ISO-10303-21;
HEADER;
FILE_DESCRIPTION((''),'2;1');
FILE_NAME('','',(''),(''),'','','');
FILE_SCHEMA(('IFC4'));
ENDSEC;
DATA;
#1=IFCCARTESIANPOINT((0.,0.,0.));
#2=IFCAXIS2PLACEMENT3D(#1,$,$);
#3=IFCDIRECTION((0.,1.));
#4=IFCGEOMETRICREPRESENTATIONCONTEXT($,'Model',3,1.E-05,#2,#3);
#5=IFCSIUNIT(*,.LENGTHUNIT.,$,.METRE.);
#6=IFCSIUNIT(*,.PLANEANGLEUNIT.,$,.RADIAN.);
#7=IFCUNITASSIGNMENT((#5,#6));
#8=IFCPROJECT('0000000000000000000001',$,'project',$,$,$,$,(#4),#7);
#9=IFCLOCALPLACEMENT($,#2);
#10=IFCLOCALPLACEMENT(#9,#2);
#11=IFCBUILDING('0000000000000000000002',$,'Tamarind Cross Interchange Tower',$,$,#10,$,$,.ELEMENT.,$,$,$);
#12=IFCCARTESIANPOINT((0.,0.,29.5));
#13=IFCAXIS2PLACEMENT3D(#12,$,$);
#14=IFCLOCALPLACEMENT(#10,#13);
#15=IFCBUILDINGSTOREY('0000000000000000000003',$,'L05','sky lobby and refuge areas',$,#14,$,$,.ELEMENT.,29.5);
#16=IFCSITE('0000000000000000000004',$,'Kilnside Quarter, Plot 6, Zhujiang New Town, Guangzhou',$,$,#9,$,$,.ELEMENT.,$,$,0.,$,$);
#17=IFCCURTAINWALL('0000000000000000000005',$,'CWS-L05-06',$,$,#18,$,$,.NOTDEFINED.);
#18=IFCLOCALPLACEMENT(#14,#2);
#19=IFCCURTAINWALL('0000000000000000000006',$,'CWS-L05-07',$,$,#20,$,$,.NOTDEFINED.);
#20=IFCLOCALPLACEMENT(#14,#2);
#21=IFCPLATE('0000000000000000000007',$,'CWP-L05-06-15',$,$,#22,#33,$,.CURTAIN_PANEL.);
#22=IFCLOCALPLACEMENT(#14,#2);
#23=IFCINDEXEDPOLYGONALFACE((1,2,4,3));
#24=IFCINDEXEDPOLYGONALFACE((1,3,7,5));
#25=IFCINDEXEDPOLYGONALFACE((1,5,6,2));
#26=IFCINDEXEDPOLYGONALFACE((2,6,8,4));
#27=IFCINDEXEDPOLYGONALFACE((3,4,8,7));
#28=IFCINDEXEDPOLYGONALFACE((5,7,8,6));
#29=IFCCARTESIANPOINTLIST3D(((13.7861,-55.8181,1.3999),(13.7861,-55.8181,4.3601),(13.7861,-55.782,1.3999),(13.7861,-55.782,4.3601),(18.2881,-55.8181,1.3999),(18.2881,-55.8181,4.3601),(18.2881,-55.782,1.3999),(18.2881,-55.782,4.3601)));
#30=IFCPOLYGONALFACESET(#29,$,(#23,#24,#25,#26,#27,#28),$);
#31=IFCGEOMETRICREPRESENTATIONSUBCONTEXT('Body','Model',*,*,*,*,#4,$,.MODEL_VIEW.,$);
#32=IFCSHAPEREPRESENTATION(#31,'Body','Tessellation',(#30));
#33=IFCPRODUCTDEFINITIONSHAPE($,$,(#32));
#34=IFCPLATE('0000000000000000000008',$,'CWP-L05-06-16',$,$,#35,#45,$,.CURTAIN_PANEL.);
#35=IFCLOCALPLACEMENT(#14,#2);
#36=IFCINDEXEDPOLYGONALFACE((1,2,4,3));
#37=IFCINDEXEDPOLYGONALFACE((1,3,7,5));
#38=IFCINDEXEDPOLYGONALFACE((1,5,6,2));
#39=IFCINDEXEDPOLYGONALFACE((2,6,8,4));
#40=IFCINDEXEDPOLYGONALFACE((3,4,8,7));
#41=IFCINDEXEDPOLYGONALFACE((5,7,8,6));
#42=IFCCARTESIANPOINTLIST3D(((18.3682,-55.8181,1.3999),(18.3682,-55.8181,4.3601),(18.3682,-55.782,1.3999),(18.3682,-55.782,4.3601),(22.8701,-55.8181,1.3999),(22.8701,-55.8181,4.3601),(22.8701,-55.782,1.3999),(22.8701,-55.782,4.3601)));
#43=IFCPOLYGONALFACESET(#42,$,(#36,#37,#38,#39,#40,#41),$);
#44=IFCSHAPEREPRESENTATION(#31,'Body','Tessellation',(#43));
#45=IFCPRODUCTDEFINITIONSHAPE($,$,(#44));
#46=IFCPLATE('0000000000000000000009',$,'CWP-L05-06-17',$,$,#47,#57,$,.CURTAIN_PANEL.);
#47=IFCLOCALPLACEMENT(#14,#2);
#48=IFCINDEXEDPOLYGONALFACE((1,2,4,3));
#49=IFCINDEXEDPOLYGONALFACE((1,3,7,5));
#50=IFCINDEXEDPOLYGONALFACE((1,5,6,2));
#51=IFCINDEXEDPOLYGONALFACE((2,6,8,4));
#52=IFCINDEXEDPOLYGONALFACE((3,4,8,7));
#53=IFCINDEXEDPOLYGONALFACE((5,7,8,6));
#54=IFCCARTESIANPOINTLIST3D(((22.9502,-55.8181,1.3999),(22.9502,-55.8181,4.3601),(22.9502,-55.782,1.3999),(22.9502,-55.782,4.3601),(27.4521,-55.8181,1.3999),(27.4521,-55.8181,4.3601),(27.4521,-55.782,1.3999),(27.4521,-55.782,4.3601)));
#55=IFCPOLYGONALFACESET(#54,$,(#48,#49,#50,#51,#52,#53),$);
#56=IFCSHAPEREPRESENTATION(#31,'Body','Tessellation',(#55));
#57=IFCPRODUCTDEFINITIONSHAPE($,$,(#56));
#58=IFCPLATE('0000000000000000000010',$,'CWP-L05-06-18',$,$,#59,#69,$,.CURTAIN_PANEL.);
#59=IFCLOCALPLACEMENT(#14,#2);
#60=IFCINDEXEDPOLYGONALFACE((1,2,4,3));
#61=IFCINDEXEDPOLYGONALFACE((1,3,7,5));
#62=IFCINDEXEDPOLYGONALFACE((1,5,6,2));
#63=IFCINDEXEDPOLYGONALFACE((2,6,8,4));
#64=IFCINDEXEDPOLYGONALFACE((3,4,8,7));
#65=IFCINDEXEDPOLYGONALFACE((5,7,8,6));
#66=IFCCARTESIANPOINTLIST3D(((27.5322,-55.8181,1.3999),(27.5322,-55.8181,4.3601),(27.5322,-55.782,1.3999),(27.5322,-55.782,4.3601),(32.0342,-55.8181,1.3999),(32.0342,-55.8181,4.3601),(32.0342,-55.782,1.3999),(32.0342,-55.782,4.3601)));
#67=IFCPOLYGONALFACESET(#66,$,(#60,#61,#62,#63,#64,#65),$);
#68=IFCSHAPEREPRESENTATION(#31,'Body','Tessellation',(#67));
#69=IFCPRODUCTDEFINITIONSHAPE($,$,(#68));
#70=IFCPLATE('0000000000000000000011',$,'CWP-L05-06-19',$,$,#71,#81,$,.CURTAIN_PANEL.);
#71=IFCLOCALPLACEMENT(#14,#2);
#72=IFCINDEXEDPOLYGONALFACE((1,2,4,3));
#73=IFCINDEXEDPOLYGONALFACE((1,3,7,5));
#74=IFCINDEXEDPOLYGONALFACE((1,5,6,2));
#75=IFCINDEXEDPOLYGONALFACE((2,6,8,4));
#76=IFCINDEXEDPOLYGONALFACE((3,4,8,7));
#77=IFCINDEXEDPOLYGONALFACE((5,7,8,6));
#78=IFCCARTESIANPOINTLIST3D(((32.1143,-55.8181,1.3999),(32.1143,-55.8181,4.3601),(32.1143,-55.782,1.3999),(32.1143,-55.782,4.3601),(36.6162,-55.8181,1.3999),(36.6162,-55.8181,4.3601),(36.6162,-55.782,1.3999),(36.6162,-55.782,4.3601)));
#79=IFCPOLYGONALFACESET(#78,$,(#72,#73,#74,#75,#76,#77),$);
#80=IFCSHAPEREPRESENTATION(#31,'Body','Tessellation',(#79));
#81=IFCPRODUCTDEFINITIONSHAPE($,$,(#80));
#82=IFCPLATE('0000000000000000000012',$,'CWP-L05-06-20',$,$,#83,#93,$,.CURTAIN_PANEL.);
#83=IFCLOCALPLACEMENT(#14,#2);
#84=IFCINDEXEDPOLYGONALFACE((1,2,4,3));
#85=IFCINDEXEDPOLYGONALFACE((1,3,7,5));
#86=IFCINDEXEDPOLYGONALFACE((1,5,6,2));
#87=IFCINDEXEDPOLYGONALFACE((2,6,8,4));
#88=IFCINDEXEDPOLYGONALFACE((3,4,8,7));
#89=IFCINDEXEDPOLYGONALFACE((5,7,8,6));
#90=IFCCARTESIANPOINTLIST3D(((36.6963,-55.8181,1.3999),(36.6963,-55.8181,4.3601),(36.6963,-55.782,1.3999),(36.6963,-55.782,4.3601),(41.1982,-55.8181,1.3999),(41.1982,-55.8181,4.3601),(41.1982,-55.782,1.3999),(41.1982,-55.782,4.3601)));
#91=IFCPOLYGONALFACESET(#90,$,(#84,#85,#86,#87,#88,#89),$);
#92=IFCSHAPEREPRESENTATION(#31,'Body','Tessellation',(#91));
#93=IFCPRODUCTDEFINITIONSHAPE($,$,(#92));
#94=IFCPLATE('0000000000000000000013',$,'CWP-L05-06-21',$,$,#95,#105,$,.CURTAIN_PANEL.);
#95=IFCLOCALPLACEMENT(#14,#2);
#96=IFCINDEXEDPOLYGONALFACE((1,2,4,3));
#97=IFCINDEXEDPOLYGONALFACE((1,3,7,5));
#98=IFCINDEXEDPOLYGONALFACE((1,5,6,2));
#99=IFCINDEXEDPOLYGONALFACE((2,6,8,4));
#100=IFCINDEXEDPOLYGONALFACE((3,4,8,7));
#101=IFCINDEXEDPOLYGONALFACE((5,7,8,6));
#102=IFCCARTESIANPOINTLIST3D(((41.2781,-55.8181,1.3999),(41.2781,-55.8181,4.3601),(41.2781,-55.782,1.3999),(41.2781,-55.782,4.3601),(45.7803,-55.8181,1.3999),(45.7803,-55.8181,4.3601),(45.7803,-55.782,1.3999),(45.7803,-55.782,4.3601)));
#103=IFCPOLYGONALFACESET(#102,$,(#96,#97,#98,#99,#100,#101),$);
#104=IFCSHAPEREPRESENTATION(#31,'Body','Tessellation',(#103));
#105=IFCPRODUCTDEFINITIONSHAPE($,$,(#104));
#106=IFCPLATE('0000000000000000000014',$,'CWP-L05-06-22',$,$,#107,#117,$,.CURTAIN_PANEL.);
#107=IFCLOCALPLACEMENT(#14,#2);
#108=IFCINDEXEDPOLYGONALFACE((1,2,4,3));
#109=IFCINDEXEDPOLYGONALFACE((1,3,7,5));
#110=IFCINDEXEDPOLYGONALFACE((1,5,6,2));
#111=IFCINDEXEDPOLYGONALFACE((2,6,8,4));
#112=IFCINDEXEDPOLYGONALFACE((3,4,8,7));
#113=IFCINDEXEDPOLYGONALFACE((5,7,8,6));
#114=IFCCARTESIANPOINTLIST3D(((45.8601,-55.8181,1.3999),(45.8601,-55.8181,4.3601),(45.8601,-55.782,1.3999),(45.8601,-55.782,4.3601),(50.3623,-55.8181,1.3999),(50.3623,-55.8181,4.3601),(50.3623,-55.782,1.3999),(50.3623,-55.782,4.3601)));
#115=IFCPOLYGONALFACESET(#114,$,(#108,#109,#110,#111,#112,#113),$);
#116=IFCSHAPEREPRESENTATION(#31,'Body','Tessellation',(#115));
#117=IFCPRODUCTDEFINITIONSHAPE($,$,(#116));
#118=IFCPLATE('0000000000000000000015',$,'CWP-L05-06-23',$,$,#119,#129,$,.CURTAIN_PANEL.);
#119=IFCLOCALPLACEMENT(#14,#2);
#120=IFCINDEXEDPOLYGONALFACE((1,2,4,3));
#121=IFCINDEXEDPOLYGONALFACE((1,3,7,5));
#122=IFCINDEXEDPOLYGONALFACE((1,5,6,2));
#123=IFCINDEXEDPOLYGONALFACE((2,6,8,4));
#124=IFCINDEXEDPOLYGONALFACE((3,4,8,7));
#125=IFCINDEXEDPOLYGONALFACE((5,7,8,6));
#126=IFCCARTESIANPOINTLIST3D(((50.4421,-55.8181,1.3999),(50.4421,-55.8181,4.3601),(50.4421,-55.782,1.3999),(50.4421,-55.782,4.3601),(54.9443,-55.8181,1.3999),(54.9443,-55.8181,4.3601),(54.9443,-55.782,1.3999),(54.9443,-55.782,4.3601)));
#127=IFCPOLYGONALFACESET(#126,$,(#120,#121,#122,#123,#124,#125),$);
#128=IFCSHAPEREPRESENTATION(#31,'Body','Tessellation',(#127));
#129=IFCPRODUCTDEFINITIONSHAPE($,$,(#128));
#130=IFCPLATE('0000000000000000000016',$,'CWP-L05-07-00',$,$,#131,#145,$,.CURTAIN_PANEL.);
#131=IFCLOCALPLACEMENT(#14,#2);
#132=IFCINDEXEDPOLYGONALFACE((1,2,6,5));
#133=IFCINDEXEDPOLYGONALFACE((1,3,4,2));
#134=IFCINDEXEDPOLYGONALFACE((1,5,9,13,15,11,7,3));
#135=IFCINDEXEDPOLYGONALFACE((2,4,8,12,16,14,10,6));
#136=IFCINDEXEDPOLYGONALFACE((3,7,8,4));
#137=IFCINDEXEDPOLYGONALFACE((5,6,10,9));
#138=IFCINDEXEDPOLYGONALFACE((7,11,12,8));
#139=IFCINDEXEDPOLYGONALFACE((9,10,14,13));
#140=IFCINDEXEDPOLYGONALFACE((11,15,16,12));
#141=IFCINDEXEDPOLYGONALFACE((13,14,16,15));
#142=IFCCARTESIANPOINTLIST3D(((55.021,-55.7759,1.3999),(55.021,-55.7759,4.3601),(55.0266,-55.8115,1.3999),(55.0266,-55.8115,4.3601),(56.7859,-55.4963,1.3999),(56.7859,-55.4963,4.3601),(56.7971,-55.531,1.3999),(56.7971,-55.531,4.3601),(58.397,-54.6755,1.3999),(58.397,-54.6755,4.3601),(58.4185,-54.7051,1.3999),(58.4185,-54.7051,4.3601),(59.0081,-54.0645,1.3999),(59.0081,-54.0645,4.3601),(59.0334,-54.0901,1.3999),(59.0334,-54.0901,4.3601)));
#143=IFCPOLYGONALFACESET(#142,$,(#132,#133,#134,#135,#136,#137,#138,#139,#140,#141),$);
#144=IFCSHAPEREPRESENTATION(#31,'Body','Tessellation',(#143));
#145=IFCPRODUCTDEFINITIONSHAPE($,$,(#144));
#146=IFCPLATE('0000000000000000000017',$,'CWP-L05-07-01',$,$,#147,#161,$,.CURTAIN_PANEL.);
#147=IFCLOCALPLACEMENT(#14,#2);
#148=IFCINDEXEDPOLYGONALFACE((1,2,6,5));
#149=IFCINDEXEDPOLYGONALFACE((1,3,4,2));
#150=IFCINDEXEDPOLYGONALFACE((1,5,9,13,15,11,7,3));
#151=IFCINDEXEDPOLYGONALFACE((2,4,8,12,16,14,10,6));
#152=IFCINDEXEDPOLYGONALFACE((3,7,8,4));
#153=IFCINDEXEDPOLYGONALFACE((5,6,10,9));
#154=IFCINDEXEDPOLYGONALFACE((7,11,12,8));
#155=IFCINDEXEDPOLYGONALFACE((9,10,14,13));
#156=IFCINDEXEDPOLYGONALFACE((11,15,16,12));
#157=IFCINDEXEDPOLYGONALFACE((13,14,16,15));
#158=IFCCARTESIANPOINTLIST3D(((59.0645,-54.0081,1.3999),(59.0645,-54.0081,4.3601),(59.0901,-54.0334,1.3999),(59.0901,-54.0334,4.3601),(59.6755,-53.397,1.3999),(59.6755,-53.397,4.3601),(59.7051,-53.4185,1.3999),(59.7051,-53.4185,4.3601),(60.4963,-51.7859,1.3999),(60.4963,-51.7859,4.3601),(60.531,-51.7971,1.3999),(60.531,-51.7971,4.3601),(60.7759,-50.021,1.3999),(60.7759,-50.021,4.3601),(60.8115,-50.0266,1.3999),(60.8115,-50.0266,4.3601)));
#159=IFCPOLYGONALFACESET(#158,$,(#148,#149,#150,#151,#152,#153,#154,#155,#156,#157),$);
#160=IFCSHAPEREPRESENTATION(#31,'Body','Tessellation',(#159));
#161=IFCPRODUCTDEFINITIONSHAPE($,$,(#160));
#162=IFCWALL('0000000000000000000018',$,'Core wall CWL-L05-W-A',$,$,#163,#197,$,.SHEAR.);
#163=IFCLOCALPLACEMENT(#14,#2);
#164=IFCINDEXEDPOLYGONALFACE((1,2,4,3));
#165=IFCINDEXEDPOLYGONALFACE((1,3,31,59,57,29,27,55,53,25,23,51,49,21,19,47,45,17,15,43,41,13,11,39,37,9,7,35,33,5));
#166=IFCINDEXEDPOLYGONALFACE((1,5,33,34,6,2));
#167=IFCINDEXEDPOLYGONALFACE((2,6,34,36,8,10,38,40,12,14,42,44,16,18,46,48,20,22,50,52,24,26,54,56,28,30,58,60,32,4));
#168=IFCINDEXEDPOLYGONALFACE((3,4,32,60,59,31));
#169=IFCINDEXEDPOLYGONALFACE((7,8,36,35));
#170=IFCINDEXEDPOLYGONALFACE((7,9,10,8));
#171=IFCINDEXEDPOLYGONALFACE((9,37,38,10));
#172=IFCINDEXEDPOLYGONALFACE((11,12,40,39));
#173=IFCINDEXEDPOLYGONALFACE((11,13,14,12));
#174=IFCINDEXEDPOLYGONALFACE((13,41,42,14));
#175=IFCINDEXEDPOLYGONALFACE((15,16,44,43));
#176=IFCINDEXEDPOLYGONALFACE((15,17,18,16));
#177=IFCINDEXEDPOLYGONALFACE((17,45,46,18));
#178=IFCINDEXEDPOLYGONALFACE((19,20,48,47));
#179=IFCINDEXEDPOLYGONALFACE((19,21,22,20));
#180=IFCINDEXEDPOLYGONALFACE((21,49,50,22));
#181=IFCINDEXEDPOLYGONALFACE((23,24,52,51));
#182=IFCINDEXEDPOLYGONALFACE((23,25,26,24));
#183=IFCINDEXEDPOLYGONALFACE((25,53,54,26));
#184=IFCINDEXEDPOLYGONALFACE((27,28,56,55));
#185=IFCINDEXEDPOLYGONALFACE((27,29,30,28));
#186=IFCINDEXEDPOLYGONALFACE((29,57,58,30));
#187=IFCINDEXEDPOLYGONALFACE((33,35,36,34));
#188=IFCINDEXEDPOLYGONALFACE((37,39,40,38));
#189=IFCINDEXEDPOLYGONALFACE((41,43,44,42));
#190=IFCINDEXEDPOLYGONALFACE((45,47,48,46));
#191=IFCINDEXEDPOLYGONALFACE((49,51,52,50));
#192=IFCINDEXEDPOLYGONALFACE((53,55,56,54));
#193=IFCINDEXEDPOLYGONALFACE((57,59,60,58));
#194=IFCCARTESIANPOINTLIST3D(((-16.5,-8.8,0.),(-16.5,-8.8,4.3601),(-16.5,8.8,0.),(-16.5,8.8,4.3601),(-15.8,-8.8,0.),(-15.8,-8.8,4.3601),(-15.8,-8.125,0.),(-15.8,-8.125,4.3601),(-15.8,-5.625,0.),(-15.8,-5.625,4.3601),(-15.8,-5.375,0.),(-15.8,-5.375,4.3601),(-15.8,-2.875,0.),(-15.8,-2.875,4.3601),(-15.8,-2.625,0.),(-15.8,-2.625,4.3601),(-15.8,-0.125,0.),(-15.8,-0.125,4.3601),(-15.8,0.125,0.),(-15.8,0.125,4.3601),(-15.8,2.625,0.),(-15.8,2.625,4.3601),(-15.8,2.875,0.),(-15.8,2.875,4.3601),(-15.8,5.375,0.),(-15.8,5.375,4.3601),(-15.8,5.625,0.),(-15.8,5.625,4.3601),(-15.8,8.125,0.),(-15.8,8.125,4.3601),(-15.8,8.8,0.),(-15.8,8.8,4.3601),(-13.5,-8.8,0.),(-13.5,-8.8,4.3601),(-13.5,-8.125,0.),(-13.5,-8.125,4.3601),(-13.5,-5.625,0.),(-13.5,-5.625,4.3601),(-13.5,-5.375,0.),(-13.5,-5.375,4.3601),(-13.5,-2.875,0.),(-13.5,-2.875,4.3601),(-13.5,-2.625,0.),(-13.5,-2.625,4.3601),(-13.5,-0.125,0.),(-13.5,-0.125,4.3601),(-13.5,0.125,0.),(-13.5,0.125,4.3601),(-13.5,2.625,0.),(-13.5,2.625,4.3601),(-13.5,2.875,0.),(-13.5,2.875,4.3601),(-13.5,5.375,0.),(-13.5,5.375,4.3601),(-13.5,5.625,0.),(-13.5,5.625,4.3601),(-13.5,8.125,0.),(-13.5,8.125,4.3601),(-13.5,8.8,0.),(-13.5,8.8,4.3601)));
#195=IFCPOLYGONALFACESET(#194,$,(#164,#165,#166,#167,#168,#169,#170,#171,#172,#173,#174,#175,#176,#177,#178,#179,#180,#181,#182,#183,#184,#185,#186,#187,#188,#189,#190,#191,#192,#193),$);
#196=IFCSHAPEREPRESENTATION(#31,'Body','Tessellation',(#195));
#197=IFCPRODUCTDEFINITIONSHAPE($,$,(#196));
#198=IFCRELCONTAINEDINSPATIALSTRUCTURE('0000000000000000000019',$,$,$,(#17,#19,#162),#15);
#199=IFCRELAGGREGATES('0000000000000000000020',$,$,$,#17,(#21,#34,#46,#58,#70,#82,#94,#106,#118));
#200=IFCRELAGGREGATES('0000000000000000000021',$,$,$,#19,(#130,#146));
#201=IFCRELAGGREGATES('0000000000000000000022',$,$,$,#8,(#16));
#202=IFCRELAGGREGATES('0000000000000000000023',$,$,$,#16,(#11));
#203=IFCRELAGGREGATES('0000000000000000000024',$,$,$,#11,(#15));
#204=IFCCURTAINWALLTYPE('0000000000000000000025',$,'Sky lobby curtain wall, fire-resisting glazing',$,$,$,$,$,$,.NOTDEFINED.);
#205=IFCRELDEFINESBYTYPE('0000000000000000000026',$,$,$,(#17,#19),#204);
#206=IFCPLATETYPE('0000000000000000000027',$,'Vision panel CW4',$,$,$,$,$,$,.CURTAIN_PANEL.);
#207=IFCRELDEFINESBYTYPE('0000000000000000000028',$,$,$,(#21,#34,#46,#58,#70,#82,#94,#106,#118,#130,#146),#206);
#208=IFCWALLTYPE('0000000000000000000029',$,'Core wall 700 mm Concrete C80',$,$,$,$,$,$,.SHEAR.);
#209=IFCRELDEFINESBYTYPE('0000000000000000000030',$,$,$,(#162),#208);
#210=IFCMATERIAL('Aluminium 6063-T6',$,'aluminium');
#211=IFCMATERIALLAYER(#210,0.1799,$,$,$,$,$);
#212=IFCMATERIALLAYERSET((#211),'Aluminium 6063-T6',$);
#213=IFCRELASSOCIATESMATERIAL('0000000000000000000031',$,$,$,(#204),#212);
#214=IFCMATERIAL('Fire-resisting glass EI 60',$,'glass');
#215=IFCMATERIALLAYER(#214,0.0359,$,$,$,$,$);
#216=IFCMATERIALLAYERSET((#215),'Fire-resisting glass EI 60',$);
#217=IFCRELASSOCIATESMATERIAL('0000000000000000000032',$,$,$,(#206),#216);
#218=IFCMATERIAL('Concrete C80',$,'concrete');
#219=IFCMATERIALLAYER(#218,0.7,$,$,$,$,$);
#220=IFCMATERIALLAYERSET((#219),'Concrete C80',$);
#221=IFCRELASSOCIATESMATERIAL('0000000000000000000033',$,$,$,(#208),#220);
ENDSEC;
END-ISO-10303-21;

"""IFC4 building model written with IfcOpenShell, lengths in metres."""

from ifc_helpers import new_model, si_unit, direction, frame, origin, place, context, subcontext, project, spatial, polyline, outline, extrude, material, layer, layer_set, type_object, element, aggregate, save


model = new_model("IFC4")

# Units and contexts
model_context = context("Model", 3, precision=1e-05, world=origin(), true_north=direction((0.0, 1.0)))
body_context = subcontext(model_context, "Body", "Model", "MODEL_VIEW")
ifc_project = project(units=[si_unit("LENGTHUNIT", "METRE"), si_unit("PLANEANGLEUNIT", "RADIAN")], contexts=[model_context])

# Site, building, storey
site_placement = place(None, origin())
site = spatial("IfcSite", under=ifc_project, at=site_placement, Name="Kilnside Quarter, Plot 6, Zhujiang New Town, Guangzhou", CompositionType="ELEMENT", RefElevation=0.0)
building_placement = place(site_placement, origin())
building = spatial("IfcBuilding", under=site, at=building_placement, Name="Tamarind Cross Interchange Tower", CompositionType="ELEMENT")
storey_placement = place(building_placement, frame((0.0, 0.0, 29.5)))
storey = spatial("IfcBuildingStorey", under=building, at=storey_placement, Name="L05", Description="sky lobby and refuge areas", CompositionType="ELEMENT", Elevation=29.5)

# Curtain walls
ifc_material_1 = material(Name="Aluminium 6063-T6", Category="aluminium")
ifc_layer_1 = layer(ifc_material_1, 0.1799)
ifc_layer_set_1 = layer_set([ifc_layer_1], Name="Aluminium 6063-T6")
curtain_wall_type = type_object("IfcCurtainWallType", Name="Sky lobby curtain wall, fire-resisting glazing", PredefinedType="NOTDEFINED", material=ifc_layer_set_1)
curtain_wall_1_placement = place(storey_placement, origin())
curtain_wall_1 = element("IfcCurtainWall", 1, at=curtain_wall_1_placement, inside=storey, type_object=curtain_wall_type, Name="CWS-L05-06", PredefinedType="NOTDEFINED")
curtain_wall_2_placement = place(storey_placement, origin())
curtain_wall_2 = element("IfcCurtainWall", 2, at=curtain_wall_2_placement, inside=storey, type_object=curtain_wall_type, Name="CWS-L05-07", PredefinedType="NOTDEFINED")

# Plates
ifc_material_2 = material(Name="Fire-resisting glass EI 60", Category="glass")
ifc_layer_2 = layer(ifc_material_2, 0.0359)
ifc_layer_set_2 = layer_set([ifc_layer_2], Name="Fire-resisting glass EI 60")
plate_type = type_object("IfcPlateType", Name="Vision panel CW4", PredefinedType="CURTAIN_PANEL", material=ifc_layer_set_2)
plate_1_placement = place(storey_placement, frame((0.0, 0.0, 1.3999)))
plate_1 = element("IfcPlate", 3, at=plate_1_placement, type_object=plate_type, Name="CWP-L05-06-15", PredefinedType="CURTAIN_PANEL", context=body_context, shape_type="SweptSolid", body=[
    extrude(outline(polyline([(13.7861, -55.782), (18.2881, -55.782), (18.2881, -55.8181), (13.7861, -55.8181), (13.7861, -55.782)])), origin(), (0.0, 0.0, 1.0), 2.9602),
])
plate_2_placement = place(storey_placement, frame((0.0, 0.0, 1.3999)))
plate_2 = element("IfcPlate", 4, at=plate_2_placement, type_object=plate_type, Name="CWP-L05-06-16", PredefinedType="CURTAIN_PANEL", context=body_context, shape_type="SweptSolid", body=[
    extrude(outline(polyline([(18.3682, -55.782), (22.8701, -55.782), (22.8701, -55.8181), (18.3682, -55.8181), (18.3682, -55.782)])), origin(), (0.0, 0.0, 1.0), 2.9602),
])
plate_3_placement = place(storey_placement, frame((0.0, 0.0, 1.3999)))
plate_3 = element("IfcPlate", 5, at=plate_3_placement, type_object=plate_type, Name="CWP-L05-06-17", PredefinedType="CURTAIN_PANEL", context=body_context, shape_type="SweptSolid", body=[
    extrude(outline(polyline([(22.9502, -55.782), (27.4521, -55.782), (27.4521, -55.8181), (22.9502, -55.8181), (22.9502, -55.782)])), origin(), (0.0, 0.0, 1.0), 2.9602),
])
plate_4_placement = place(storey_placement, frame((0.0, 0.0, 1.3999)))
plate_4 = element("IfcPlate", 6, at=plate_4_placement, type_object=plate_type, Name="CWP-L05-06-18", PredefinedType="CURTAIN_PANEL", context=body_context, shape_type="SweptSolid", body=[
    extrude(outline(polyline([(27.5322, -55.782), (32.0342, -55.782), (32.0342, -55.8181), (27.5322, -55.8181), (27.5322, -55.782)])), origin(), (0.0, 0.0, 1.0), 2.9602),
])
plate_5_placement = place(storey_placement, frame((0.0, 0.0, 1.3999)))
plate_5 = element("IfcPlate", 7, at=plate_5_placement, type_object=plate_type, Name="CWP-L05-06-19", PredefinedType="CURTAIN_PANEL", context=body_context, shape_type="SweptSolid", body=[
    extrude(outline(polyline([(32.1143, -55.782), (36.6162, -55.782), (36.6162, -55.8181), (32.1143, -55.8181), (32.1143, -55.782)])), origin(), (0.0, 0.0, 1.0), 2.9602),
])
plate_6_placement = place(storey_placement, frame((0.0, 0.0, 1.3999)))
plate_6 = element("IfcPlate", 8, at=plate_6_placement, type_object=plate_type, Name="CWP-L05-06-20", PredefinedType="CURTAIN_PANEL", context=body_context, shape_type="SweptSolid", body=[
    extrude(outline(polyline([(36.6963, -55.782), (41.1982, -55.782), (41.1982, -55.8181), (36.6963, -55.8181), (36.6963, -55.782)])), origin(), (0.0, 0.0, 1.0), 2.9602),
])
plate_7_placement = place(storey_placement, frame((0.0, 0.0, 1.3999)))
plate_7 = element("IfcPlate", 9, at=plate_7_placement, type_object=plate_type, Name="CWP-L05-06-21", PredefinedType="CURTAIN_PANEL", context=body_context, shape_type="SweptSolid", body=[
    extrude(outline(polyline([(41.2781, -55.782), (45.7803, -55.782), (45.7803, -55.8181), (41.2781, -55.8181), (41.2781, -55.782)])), origin(), (0.0, 0.0, 1.0), 2.9602),
])
plate_8_placement = place(storey_placement, frame((0.0, 0.0, 1.3999)))
plate_8 = element("IfcPlate", 10, at=plate_8_placement, type_object=plate_type, Name="CWP-L05-06-22", PredefinedType="CURTAIN_PANEL", context=body_context, shape_type="SweptSolid", body=[
    extrude(outline(polyline([(45.8601, -55.782), (50.3623, -55.782), (50.3623, -55.8181), (45.8601, -55.8181), (45.8601, -55.782)])), origin(), (0.0, 0.0, 1.0), 2.9602),
])
plate_9_placement = place(storey_placement, frame((0.0, 0.0, 1.3999)))
plate_9 = element("IfcPlate", 11, at=plate_9_placement, type_object=plate_type, Name="CWP-L05-06-23", PredefinedType="CURTAIN_PANEL", context=body_context, shape_type="SweptSolid", body=[
    extrude(outline(polyline([(50.4421, -55.782), (54.9443, -55.782), (54.9443, -55.8181), (50.4421, -55.8181), (50.4421, -55.782)])), origin(), (0.0, 0.0, 1.0), 2.9602),
])
aggregate(curtain_wall_1, [plate_1, plate_2, plate_3, plate_4, plate_5, plate_6, plate_7, plate_8, plate_9])
plate_10_placement = place(storey_placement, frame((0.0, 0.0, 1.3999)))
plate_10 = element("IfcPlate", 12, at=plate_10_placement, type_object=plate_type, Name="CWP-L05-07-00", PredefinedType="CURTAIN_PANEL", context=body_context, shape_type="SweptSolid", body=[
    extrude(outline(polyline([(55.021, -55.7759), (56.7859, -55.4963), (58.397, -54.6755), (59.0081, -54.0645), (59.0334, -54.0901), (58.4185, -54.7051), (56.7971, -55.531), (55.0266, -55.8115), (55.021, -55.7759)])), origin(), (0.0, 0.0, 1.0), 2.9602),
])
plate_11_placement = place(storey_placement, frame((0.0, 0.0, 1.3999)))
plate_11 = element("IfcPlate", 13, at=plate_11_placement, type_object=plate_type, Name="CWP-L05-07-01", PredefinedType="CURTAIN_PANEL", context=body_context, shape_type="SweptSolid", body=[
    extrude(outline(polyline([(59.0645, -54.0081), (59.6755, -53.397), (60.4963, -51.7859), (60.7759, -50.021), (60.8115, -50.0266), (60.531, -51.7971), (59.7051, -53.4185), (59.0901, -54.0334), (59.0645, -54.0081)])), origin(), (0.0, 0.0, 1.0), 2.9602),
])
aggregate(curtain_wall_2, [plate_10, plate_11])

# Wall
ifc_material_3 = material(Name="Concrete C80", Category="concrete")
ifc_layer_3 = layer(ifc_material_3, 0.7)
ifc_layer_set_3 = layer_set([ifc_layer_3], Name="Concrete C80")
wall_type_1 = type_object("IfcWallType", Name="Core wall 700 mm Concrete C80", PredefinedType="SHEAR", material=ifc_layer_set_3)
wall_1_placement = place(storey_placement, origin())
element("IfcWall", 14, at=wall_1_placement, inside=storey, type_object=wall_type_1, Name="Core wall CWL-L05-W-A", PredefinedType="SHEAR", context=body_context, shape_type="SweptSolid", body=[
    extrude(outline(polyline([(-13.5, -8.8), (-13.5, -8.125), (-15.8, -8.125), (-15.8, -5.625), (-13.5, -5.625), (-13.5, -5.375), (-15.8, -5.375), (-15.8, -2.875), (-13.5, -2.875), (-13.5, -2.625), (-15.8, -2.625), (-15.8, -0.125), (-13.5, -0.125), (-13.5, 0.125), (-15.8, 0.125), (-15.8, 2.625), (-13.5, 2.625), (-13.5, 2.875), (-15.8, 2.875), (-15.8, 5.375), (-13.5, 5.375), (-13.5, 5.625), (-15.8, 5.625), (-15.8, 8.125), (-13.5, 8.125), (-13.5, 8.8), (-15.8, 8.8), (-16.5, 8.8), (-16.5, -8.8), (-15.8, -8.8), (-13.5, -8.8)])), origin(), (0.0, 0.0, 1.0), 4.3601),
])

save(model, "model.ifc")
